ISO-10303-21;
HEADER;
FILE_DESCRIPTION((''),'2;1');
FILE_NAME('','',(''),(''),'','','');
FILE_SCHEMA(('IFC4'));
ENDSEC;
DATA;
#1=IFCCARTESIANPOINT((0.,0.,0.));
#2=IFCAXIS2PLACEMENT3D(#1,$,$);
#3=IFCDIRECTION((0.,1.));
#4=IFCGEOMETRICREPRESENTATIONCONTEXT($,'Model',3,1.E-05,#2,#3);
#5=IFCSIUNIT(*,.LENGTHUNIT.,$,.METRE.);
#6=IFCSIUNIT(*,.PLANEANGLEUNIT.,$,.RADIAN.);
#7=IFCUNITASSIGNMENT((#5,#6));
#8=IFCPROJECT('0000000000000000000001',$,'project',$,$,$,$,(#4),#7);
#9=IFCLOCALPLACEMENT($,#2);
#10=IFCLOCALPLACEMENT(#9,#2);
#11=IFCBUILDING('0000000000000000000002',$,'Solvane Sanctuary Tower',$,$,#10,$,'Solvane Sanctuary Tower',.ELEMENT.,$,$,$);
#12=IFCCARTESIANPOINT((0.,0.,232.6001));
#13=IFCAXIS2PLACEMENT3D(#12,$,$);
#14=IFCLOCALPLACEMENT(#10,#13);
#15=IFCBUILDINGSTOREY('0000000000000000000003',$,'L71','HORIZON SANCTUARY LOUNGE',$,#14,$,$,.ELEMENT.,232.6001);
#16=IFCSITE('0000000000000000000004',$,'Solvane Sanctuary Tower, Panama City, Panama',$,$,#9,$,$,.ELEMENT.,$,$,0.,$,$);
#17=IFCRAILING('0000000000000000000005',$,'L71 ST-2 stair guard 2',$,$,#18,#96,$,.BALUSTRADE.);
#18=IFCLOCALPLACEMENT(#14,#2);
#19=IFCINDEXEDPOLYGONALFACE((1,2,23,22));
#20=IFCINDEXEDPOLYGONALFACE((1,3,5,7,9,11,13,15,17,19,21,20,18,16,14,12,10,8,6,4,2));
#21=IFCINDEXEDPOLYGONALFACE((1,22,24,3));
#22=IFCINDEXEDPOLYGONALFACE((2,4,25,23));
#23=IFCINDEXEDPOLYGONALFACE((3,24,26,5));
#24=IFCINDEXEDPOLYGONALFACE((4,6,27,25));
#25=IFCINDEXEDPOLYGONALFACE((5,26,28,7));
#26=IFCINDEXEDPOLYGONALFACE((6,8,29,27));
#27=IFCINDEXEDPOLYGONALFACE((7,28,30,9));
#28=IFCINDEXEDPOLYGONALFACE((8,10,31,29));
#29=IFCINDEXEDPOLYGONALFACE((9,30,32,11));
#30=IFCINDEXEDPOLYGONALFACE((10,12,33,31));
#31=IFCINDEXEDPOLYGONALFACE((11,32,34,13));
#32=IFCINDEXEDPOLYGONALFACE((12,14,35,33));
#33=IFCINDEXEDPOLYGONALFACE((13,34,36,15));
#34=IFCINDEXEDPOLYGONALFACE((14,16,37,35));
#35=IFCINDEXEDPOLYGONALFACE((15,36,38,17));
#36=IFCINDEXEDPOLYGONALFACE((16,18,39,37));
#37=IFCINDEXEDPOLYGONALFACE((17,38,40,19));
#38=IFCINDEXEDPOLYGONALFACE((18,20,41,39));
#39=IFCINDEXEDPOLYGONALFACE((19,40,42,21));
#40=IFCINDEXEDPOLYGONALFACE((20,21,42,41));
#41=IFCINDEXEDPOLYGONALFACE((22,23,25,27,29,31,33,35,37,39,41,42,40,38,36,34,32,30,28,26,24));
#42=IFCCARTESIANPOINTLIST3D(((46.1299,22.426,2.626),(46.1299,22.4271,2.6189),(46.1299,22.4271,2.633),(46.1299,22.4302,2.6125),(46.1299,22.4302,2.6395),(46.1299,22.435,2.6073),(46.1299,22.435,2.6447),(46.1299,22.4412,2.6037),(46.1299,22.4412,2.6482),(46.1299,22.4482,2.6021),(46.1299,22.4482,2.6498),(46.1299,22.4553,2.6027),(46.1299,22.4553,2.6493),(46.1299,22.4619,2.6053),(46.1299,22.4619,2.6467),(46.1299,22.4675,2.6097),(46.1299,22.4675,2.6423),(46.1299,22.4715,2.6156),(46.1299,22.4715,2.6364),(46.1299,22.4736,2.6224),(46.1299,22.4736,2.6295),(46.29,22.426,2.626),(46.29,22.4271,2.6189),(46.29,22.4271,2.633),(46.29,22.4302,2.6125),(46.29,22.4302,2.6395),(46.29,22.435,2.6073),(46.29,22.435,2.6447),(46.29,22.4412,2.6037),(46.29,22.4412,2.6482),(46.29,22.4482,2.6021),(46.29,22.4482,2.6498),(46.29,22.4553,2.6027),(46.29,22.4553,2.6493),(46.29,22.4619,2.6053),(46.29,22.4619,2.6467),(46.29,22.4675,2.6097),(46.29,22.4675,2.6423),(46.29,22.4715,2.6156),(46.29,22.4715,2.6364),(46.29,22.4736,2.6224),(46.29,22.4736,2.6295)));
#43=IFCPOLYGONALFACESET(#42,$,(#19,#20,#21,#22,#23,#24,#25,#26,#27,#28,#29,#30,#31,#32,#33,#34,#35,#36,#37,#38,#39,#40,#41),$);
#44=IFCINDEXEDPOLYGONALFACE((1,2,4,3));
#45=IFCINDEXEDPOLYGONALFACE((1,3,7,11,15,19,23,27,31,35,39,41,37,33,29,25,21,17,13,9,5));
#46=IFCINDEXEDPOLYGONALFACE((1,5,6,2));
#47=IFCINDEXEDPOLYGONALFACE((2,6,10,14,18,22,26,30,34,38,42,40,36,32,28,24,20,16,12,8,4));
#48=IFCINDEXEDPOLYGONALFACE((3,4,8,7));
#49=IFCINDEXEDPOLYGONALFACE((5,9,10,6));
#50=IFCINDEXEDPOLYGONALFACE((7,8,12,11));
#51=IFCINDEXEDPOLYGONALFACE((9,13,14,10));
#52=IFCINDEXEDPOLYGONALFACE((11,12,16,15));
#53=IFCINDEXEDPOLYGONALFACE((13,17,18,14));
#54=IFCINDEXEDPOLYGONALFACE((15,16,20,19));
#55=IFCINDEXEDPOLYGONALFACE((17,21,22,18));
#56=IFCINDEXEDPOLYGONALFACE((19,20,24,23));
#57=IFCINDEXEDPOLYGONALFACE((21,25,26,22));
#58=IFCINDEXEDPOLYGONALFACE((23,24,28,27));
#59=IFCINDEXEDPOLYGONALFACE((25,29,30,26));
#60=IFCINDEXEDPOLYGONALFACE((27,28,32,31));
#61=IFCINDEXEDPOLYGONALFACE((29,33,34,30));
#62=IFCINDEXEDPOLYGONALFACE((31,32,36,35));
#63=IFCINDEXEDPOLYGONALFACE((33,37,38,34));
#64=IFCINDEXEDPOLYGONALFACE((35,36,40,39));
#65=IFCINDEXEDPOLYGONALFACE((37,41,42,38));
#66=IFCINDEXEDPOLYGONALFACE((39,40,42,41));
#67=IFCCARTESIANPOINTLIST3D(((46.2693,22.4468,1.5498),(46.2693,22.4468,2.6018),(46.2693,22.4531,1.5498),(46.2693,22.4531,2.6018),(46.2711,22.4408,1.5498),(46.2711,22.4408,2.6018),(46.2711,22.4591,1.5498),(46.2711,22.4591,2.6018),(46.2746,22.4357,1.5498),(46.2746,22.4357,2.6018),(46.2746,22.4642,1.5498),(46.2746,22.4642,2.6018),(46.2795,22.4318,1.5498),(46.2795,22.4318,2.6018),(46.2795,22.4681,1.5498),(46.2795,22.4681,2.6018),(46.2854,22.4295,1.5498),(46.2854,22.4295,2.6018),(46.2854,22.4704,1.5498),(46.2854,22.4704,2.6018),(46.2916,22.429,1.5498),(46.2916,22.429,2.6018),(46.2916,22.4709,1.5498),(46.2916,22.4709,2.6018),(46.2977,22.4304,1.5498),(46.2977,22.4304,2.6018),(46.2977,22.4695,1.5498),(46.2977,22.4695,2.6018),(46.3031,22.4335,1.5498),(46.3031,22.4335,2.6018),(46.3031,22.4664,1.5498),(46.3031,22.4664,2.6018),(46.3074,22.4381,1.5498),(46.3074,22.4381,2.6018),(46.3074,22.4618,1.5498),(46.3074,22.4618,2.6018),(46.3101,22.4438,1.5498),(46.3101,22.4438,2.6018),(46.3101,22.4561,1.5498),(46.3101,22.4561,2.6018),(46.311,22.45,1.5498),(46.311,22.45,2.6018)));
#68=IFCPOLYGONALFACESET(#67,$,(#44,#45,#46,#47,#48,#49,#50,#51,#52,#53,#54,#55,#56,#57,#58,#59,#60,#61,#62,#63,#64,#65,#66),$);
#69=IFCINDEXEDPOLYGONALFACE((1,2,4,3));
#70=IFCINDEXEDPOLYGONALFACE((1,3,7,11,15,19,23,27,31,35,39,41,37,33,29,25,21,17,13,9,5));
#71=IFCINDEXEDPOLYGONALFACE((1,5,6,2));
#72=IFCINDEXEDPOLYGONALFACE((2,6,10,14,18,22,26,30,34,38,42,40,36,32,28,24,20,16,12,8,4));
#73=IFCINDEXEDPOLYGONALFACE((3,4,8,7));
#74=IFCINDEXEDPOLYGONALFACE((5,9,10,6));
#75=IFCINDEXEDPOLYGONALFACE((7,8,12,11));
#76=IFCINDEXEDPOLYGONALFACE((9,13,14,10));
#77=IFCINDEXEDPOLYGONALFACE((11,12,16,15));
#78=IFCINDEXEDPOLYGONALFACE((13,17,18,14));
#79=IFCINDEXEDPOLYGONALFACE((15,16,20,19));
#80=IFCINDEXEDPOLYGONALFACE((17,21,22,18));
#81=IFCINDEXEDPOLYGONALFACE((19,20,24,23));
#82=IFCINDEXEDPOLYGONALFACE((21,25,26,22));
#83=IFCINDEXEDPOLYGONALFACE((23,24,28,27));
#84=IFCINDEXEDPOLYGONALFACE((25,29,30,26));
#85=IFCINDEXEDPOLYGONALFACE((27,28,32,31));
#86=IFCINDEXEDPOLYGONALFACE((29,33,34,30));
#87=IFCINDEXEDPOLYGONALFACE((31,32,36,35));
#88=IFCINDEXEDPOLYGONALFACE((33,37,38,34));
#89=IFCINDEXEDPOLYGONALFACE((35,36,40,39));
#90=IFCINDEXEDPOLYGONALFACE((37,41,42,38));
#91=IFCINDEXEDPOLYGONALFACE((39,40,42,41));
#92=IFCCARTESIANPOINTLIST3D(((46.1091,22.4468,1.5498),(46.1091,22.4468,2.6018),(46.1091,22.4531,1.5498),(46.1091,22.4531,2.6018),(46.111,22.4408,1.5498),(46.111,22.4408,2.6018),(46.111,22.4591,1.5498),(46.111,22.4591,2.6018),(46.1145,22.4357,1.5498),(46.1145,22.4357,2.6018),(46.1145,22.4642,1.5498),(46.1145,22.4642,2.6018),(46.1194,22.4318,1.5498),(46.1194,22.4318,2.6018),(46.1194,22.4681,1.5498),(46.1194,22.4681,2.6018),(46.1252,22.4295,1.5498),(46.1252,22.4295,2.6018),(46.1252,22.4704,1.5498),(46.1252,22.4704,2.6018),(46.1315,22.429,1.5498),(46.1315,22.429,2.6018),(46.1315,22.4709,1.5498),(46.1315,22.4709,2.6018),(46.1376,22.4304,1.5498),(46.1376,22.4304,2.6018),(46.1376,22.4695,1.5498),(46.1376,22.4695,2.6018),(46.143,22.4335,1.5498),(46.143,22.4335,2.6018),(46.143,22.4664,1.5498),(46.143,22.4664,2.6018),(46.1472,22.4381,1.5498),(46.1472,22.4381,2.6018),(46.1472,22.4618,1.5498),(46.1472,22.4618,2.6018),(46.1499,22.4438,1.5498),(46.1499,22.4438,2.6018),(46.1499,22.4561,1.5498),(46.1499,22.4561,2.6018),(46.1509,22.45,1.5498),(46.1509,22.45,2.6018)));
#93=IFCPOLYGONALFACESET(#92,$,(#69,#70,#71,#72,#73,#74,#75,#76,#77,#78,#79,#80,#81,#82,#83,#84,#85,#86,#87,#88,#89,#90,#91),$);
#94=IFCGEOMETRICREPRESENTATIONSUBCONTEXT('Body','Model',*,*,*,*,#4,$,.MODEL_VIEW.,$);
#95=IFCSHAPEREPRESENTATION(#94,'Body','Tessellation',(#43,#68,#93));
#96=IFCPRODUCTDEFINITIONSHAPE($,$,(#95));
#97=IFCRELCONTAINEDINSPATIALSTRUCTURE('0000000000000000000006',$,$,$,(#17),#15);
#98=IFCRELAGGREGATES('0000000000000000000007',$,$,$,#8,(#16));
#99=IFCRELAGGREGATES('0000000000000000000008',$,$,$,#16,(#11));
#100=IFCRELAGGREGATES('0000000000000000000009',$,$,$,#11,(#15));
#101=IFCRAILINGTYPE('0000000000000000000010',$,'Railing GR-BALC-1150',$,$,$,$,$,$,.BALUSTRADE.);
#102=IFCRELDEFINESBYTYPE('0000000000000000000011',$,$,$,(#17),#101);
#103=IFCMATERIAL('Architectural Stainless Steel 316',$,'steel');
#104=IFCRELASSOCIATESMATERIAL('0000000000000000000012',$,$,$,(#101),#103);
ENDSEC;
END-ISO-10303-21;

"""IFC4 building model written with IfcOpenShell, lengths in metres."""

from ifc_helpers import new_model, si_unit, direction, frame, origin, origin_2d, place, context, subcontext, project, spatial, circle, extrude, material, type_object, element, save


model = new_model("IFC4")

# Units and contexts
model_context = context("Model", 3, precision=1e-05, world=origin(), true_north=direction((0.0, 1.0)))
body_context = subcontext(model_context, "Body", "Model", "MODEL_VIEW")
ifc_project = project(units=[si_unit("LENGTHUNIT", "METRE"), si_unit("PLANEANGLEUNIT", "RADIAN")], contexts=[model_context])

# Site, building, storey
site_placement = place(None, origin())
site = spatial("IfcSite", under=ifc_project, at=site_placement, Name="Solvane Sanctuary Tower, Panama City, Panama", CompositionType="ELEMENT", RefElevation=0.0)
building_placement = place(site_placement, origin())
building = spatial("IfcBuilding", under=site, at=building_placement, Name="Solvane Sanctuary Tower", LongName="Solvane Sanctuary Tower", CompositionType="ELEMENT")
storey_placement = place(building_placement, frame((0.0, 0.0, 232.6001)))
storey = spatial("IfcBuildingStorey", under=building, at=storey_placement, Name="L71", Description="HORIZON SANCTUARY LOUNGE", CompositionType="ELEMENT", Elevation=232.6001)

# Shared definitions
ifc_material_1 = material(Name="Architectural Stainless Steel 316", Category="steel")

# Railing
railing_type = type_object("IfcRailingType", Name="Railing GR-BALC-1150", PredefinedType="BALUSTRADE", material=ifc_material_1)
railing_placement = place(storey_placement, frame((46.29, 22.45, 1.5498)))
element("IfcRailing", 1, at=railing_placement, inside=storey, type_object=railing_type, Name="L71 ST-2 stair guard 2", PredefinedType="BALUSTRADE", context=body_context, shape_type="SweptSolid", body=[
    extrude(circle(Radius=0.0239, at=origin_2d()), frame((0.0, 0.0, 1.0762), z_axis=(-1.0, 0.0, 0.0), x_axis=(0.0, -1.0, 0.0)), (0.0, 0.0, 1.0), 0.1602),
    extrude(circle(Radius=0.021, at=origin_2d()), origin(), (0.0, 0.0, 1.0), 1.052),
    extrude(circle(Radius=0.021, at=origin_2d()), frame((-0.1602, 0.0, 0.0)), (0.0, 0.0, 1.0), 1.052),
])

save(model, "model.ifc")
